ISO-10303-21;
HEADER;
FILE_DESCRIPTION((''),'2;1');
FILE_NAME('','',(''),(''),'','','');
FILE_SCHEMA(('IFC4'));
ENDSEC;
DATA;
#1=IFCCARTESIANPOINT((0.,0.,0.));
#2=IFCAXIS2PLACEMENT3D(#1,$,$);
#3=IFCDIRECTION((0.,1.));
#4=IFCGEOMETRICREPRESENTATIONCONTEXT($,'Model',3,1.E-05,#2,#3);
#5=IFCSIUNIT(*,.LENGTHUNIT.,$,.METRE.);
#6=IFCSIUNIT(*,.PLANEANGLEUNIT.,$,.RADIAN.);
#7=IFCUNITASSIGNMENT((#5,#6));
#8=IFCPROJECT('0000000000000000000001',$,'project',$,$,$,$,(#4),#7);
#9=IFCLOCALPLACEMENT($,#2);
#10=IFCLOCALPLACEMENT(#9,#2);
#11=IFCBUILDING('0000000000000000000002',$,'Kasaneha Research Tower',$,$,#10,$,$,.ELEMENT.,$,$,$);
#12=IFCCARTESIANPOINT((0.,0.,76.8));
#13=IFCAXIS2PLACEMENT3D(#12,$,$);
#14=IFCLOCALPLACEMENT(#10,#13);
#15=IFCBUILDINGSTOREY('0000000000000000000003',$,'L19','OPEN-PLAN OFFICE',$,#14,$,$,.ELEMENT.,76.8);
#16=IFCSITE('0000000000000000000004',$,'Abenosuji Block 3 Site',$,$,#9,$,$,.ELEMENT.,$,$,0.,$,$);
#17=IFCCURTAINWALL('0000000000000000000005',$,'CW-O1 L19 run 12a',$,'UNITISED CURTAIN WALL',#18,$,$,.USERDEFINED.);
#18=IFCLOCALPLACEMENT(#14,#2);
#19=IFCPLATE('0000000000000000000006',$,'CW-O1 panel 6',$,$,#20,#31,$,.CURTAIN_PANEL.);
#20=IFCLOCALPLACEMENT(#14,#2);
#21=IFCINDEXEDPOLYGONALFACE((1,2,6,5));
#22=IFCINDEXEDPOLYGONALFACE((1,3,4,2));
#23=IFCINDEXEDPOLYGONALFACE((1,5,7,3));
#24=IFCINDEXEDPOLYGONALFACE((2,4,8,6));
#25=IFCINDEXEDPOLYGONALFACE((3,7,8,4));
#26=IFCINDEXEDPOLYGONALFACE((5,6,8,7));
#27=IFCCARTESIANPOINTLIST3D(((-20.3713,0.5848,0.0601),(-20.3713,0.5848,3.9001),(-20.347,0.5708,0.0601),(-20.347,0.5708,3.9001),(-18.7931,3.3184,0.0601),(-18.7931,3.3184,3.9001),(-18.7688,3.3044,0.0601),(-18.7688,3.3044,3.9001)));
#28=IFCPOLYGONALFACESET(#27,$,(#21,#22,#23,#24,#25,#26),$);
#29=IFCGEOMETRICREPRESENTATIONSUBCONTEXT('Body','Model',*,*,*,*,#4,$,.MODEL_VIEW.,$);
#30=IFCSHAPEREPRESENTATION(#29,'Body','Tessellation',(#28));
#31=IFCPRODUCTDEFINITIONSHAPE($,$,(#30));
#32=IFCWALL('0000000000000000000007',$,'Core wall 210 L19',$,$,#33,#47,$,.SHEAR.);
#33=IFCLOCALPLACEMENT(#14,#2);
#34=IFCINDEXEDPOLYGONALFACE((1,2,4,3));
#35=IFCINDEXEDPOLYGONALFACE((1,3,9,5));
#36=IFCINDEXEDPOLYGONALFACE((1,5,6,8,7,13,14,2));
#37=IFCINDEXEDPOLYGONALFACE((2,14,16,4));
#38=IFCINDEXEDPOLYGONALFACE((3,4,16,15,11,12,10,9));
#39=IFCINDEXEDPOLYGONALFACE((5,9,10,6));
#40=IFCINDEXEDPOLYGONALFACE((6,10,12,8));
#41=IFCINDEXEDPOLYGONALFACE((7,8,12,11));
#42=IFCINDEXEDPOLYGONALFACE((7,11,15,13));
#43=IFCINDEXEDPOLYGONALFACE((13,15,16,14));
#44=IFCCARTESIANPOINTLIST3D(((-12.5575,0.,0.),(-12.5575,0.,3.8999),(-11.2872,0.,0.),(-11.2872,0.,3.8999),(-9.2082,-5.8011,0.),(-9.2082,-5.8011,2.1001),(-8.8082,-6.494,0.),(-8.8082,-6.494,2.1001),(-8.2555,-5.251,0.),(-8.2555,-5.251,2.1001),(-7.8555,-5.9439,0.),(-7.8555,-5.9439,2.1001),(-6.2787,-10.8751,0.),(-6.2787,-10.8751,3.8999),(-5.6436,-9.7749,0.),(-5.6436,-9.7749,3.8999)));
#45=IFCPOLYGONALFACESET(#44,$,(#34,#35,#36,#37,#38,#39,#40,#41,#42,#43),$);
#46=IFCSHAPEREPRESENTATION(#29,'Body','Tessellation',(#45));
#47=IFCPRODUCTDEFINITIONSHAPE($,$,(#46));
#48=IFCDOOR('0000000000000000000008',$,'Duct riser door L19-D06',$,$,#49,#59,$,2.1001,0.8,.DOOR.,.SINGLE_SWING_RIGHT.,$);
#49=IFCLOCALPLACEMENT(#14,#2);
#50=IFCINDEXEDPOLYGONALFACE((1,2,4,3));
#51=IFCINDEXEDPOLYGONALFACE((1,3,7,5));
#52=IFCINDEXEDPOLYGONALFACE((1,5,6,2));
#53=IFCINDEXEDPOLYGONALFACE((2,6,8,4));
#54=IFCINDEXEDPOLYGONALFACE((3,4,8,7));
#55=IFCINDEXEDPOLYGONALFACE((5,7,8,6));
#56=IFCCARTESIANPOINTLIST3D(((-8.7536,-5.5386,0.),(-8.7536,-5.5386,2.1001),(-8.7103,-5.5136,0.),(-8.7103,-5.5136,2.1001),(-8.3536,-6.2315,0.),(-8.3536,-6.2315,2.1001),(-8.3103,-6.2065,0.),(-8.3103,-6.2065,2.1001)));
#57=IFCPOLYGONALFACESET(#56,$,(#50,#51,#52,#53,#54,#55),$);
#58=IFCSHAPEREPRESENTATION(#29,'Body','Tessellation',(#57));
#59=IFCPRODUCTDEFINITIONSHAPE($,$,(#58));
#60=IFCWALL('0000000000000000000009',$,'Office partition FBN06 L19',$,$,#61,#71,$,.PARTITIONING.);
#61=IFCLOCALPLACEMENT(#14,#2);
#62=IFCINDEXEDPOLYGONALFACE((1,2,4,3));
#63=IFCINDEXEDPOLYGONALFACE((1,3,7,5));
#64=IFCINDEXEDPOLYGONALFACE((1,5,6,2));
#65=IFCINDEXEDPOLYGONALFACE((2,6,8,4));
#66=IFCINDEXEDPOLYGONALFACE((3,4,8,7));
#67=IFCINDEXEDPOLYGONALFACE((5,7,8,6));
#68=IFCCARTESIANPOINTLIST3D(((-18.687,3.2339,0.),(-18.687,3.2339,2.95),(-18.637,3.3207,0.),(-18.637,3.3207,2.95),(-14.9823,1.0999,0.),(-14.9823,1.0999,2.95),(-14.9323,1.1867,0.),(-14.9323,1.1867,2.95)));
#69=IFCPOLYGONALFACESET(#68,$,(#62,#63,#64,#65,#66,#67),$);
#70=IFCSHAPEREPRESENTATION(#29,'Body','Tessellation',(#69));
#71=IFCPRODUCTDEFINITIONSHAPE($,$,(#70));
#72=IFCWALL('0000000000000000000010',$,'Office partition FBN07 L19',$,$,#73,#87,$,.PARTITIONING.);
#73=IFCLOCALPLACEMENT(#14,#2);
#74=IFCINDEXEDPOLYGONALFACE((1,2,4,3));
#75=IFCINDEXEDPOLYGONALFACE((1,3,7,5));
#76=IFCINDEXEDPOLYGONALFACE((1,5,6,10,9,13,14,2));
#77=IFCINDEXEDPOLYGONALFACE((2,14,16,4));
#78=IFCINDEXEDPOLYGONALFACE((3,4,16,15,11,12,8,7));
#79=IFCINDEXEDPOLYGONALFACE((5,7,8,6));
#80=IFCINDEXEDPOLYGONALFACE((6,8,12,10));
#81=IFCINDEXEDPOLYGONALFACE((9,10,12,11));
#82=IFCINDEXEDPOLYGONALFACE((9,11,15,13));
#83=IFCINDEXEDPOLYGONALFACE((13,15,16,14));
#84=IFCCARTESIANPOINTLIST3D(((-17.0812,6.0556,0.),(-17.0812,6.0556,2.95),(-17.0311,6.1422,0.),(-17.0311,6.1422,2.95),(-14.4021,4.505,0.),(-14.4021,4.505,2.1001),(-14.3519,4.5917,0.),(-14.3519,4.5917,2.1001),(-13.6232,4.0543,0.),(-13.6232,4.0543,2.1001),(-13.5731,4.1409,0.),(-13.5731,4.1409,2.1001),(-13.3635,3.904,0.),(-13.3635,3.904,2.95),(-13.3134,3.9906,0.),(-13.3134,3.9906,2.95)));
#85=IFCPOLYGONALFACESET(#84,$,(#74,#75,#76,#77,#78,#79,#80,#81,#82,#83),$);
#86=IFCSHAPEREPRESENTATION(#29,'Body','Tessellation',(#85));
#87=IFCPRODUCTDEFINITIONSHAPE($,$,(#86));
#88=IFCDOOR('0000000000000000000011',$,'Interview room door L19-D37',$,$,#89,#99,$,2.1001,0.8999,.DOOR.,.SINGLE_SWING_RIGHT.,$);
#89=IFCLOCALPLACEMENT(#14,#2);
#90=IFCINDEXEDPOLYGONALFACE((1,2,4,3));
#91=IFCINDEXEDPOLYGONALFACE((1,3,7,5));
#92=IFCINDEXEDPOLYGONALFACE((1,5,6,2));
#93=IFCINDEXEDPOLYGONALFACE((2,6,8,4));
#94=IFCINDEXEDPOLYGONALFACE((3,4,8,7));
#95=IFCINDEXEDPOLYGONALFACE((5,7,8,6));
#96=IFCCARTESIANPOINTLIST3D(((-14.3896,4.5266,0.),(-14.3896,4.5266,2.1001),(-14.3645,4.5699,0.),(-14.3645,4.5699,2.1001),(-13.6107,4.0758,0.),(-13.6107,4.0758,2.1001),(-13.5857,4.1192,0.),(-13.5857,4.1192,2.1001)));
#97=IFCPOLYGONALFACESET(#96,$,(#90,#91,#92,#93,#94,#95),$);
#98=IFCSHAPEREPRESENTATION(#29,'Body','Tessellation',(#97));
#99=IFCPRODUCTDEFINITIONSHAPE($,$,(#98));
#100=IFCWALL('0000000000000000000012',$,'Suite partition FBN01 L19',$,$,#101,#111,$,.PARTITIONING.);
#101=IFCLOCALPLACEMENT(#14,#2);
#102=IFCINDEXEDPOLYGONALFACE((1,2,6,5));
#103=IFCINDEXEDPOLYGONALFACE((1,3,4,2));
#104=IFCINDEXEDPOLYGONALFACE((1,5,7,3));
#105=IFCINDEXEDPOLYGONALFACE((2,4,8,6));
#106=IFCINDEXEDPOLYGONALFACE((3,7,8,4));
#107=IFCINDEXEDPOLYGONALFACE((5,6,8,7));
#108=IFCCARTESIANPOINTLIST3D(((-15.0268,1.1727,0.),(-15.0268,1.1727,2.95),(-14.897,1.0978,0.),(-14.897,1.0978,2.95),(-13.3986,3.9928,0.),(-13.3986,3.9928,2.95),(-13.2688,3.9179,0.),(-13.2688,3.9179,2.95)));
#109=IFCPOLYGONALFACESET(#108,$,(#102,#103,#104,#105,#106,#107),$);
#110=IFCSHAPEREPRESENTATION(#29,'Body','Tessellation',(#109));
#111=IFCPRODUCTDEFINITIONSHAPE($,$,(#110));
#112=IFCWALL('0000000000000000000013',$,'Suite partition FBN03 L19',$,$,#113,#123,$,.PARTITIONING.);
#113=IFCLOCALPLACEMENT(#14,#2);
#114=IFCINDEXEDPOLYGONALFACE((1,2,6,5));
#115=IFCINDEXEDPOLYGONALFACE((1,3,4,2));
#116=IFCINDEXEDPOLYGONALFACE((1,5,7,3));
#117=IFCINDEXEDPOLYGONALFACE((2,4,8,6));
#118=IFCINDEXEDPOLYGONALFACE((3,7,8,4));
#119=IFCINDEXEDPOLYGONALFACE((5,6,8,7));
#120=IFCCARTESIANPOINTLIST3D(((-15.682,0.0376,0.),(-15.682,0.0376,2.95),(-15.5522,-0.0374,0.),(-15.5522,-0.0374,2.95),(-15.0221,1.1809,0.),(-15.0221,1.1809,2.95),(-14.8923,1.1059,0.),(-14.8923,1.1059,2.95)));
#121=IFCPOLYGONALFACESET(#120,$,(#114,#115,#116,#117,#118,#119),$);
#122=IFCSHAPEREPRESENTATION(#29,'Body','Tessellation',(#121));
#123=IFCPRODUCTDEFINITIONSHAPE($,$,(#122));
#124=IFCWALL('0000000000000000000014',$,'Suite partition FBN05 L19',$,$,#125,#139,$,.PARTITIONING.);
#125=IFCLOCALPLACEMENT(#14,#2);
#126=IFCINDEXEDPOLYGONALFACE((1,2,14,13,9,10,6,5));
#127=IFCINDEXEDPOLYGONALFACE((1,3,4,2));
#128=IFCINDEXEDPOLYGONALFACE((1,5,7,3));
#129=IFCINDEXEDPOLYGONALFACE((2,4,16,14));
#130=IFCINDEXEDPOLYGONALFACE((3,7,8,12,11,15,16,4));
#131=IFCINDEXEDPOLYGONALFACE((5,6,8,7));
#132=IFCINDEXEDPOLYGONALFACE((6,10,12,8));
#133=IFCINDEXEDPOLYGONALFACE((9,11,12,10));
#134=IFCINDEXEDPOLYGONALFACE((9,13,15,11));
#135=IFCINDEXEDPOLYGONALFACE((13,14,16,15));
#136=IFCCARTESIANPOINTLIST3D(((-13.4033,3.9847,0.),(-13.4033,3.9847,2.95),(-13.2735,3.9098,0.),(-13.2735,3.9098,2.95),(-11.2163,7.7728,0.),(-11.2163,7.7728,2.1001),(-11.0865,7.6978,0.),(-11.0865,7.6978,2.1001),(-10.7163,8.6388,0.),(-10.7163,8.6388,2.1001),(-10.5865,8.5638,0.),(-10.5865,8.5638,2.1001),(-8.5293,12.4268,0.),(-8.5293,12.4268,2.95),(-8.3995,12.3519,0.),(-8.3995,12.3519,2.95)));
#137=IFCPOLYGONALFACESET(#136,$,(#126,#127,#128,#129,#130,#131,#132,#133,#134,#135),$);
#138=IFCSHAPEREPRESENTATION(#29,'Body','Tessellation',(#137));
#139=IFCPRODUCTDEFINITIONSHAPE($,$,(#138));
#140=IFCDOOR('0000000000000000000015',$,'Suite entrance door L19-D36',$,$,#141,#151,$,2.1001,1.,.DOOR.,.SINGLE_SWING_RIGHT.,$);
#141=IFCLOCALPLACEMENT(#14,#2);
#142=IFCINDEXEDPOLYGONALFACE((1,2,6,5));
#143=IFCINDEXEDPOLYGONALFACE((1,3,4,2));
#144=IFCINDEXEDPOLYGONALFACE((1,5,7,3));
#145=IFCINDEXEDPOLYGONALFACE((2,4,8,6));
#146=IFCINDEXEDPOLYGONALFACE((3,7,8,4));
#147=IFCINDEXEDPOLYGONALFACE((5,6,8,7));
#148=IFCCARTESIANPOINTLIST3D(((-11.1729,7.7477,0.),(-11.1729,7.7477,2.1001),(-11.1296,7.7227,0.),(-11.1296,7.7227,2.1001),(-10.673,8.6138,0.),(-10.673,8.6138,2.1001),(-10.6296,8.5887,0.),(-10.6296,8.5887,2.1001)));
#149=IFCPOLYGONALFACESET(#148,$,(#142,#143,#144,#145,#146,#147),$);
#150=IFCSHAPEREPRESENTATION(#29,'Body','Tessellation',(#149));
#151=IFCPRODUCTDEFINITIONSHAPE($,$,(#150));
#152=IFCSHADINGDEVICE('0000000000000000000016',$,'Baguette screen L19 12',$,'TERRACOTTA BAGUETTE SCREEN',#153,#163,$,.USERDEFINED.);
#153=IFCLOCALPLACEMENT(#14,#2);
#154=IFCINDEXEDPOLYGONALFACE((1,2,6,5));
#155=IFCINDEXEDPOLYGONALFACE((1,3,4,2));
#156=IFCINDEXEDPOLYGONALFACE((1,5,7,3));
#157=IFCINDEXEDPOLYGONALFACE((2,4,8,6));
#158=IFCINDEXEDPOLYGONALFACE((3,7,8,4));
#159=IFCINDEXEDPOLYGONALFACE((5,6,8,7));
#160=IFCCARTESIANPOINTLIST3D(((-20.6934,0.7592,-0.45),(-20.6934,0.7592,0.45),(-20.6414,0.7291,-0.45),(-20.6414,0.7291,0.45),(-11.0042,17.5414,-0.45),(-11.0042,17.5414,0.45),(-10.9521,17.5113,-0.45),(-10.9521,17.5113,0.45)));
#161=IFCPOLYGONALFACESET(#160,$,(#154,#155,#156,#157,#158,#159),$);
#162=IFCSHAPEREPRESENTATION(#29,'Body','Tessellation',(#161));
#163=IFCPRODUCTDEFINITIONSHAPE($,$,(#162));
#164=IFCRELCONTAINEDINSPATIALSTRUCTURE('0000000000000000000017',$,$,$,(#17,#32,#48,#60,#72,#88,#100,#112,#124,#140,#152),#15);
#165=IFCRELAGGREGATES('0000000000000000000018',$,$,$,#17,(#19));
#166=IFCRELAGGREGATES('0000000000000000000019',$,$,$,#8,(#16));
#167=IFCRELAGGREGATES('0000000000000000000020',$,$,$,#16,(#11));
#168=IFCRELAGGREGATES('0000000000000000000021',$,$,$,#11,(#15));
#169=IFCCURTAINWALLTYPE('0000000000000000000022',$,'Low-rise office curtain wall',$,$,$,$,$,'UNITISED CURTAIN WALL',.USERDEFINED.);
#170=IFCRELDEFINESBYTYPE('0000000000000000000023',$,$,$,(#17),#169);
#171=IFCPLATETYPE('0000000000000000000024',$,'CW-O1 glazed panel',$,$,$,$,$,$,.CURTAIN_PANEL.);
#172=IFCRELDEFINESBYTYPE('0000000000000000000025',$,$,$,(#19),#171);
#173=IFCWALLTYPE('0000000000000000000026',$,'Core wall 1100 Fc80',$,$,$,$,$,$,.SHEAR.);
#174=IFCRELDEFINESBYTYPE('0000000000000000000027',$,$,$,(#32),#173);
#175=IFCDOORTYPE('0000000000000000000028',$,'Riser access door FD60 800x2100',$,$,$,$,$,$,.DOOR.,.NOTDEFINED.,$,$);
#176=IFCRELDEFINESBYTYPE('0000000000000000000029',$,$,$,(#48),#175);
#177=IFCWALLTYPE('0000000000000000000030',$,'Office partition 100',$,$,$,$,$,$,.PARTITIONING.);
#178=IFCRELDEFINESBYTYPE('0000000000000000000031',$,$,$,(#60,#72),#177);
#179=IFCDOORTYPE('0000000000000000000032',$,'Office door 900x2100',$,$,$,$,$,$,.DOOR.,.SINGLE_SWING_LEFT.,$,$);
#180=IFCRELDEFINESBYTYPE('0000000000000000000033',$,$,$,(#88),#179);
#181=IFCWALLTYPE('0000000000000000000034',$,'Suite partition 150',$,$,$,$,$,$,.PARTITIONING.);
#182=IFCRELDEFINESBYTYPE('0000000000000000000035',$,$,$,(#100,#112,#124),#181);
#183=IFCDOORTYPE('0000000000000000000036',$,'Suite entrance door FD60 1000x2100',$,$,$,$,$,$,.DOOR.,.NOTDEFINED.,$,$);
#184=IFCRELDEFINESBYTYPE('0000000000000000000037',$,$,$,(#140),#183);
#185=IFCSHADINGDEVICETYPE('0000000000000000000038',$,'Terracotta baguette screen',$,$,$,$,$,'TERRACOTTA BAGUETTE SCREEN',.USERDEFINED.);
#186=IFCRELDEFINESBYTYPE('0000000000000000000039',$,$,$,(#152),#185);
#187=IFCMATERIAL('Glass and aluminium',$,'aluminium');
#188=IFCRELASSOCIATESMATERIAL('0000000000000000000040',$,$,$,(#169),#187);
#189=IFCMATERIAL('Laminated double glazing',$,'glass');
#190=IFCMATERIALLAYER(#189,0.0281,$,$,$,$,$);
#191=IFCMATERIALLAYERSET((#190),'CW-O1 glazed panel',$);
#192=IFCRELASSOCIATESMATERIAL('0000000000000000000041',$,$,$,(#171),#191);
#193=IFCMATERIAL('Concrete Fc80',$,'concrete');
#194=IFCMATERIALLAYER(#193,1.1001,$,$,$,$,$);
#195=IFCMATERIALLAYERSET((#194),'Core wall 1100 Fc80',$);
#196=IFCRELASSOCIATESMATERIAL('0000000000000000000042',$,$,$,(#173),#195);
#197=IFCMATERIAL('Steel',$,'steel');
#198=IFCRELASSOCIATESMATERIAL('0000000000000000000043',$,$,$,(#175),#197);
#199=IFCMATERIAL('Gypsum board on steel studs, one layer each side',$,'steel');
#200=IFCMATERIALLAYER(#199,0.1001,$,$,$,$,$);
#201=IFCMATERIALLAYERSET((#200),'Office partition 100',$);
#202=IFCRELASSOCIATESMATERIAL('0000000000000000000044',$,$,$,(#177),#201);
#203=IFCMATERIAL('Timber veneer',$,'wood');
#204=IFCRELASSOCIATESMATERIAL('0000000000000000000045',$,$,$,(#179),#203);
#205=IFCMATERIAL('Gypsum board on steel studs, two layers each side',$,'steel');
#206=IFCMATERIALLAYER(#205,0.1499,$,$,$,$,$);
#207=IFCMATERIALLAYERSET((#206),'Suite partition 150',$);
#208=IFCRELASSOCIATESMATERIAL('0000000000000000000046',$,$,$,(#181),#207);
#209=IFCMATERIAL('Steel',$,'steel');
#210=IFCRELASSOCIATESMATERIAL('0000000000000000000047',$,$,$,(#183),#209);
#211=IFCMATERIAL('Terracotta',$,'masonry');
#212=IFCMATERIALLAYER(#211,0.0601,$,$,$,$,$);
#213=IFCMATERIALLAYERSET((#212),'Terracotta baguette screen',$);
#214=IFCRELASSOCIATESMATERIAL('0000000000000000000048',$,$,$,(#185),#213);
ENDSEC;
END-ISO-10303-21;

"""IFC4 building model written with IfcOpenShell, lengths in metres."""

from ifc_helpers import new_model, si_unit, direction, frame, frame_2d, origin, origin_2d, place, context, subcontext, project, spatial, polyline, rectangle, outline, extrude, material, layer, layer_set, type_object, element, fill, aggregate, save


model = new_model("IFC4")

# Units and contexts
model_context = context("Model", 3, precision=1e-05, world=origin(), true_north=direction((0.0, 1.0)))
body_context = subcontext(model_context, "Body", "Model", "MODEL_VIEW")
ifc_project = project(units=[si_unit("LENGTHUNIT", "METRE"), si_unit("PLANEANGLEUNIT", "RADIAN")], contexts=[model_context])

# Site, building, storey
site_placement = place(None, origin())
site = spatial("IfcSite", under=ifc_project, at=site_placement, Name="Abenosuji Block 3 Site", CompositionType="ELEMENT", RefElevation=0.0)
building_placement = place(site_placement, origin())
building = spatial("IfcBuilding", under=site, at=building_placement, Name="Kasaneha Research Tower", CompositionType="ELEMENT")
storey_placement = place(building_placement, frame((0.0, 0.0, 76.8)))
storey = spatial("IfcBuildingStorey", under=building, at=storey_placement, Name="L19", Description="OPEN-PLAN OFFICE", CompositionType="ELEMENT", Elevation=76.8)

# Curtain wall
ifc_material_1 = material(Name="Glass and aluminium", Category="aluminium")
curtain_wall_type = type_object("IfcCurtainWallType", Name="Low-rise office curtain wall", ElementType="UNITISED CURTAIN WALL", PredefinedType="USERDEFINED", material=ifc_material_1)
curtain_wall_1_placement = place(storey_placement, origin())
curtain_wall_1 = element("IfcCurtainWall", 1, at=curtain_wall_1_placement, inside=storey, type_object=curtain_wall_type, Name="CW-O1 L19 run 12a", ObjectType="UNITISED CURTAIN WALL", PredefinedType="USERDEFINED")

# Plate
ifc_material_2 = material(Name="Laminated double glazing", Category="glass")
ifc_layer_1 = layer(ifc_material_2, 0.0281)
ifc_layer_set_1 = layer_set([ifc_layer_1], Name="CW-O1 glazed panel")
plate_type = type_object("IfcPlateType", Name="CW-O1 glazed panel", PredefinedType="CURTAIN_PANEL", material=ifc_layer_set_1)
plate_1_placement = place(storey_placement, frame((-19.5701, 1.9446, 0.0601), z_axis=(0.0, 0.0, 1.0), x_axis=(-0.5, -0.866025, 0.0)))
plate_1 = element("IfcPlate", 2, at=plate_1_placement, type_object=plate_type, Name="CW-O1 panel 6", PredefinedType="CURTAIN_PANEL", context=body_context, shape_type="SweptSolid", body=[
    extrude(rectangle(XDim=3.1565, YDim=0.0281, at=origin_2d()), origin(), (0.0, 0.0, 1.0), 3.8401),
])
aggregate(curtain_wall_1, [plate_1])

# Wall, opening, door
ifc_material_3 = material(Name="Concrete Fc80", Category="concrete")
ifc_layer_2 = layer(ifc_material_3, 1.1001)
ifc_layer_set_2 = layer_set([ifc_layer_2], Name="Core wall 1100 Fc80")
wall_type_1 = type_object("IfcWallType", Name="Core wall 1100 Fc80", PredefinedType="SHEAR", material=ifc_layer_set_2)
wall_1_placement = place(storey_placement, frame((-11.9224, 0.0, 0.0), z_axis=(0.0, 0.0, 1.0), x_axis=(0.500004, -0.866023, 0.0)))
wall_1 = element("IfcWall", 3, at=wall_1_placement, inside=storey, type_object=wall_type_1, Name="Core wall 210 L19", PredefinedType="SHEAR", context=body_context, shape_type="SweptSolid", body=[
    extrude(outline(polyline([(-0.3176, -0.55), (6.3811, -0.55), (7.1812, -0.55), (12.24, -0.55), (11.6047, 0.55), (7.1812, 0.55), (6.3811, 0.55), (0.3176, 0.55), (-0.3176, -0.55)])), origin(), (0.0, 0.0, 1.0), 3.8999),
])
opening_1_placement = place(wall_1_placement, frame((6.3811, 0.0, 0.0)))
opening_1 = element("IfcOpeningElement", 4, at=opening_1_placement, cuts=wall_1, PredefinedType="OPENING", context=body_context, shape_type="SweptSolid", body=[
    extrude(rectangle(XDim=0.8, YDim=2.1001, at=frame_2d((0.3999, 1.05))), frame((0.0, 0.5601, 0.0), z_axis=(0.0, -1.0, 0.0), x_axis=(1.0, 0.0, 0.0)), (0.0, 0.0, 1.0), 1.1201),
])
ifc_material_4 = material(Name="Steel", Category="steel")
door_type_1 = type_object("IfcDoorType", Name="Riser access door FD60 800x2100", OperationType="NOTDEFINED", PredefinedType="DOOR", material=ifc_material_4)
door_1_placement = place(opening_1_placement, origin())
door_1 = element("IfcDoor", 5, at=door_1_placement, inside=storey, type_object=door_type_1, Name="Duct riser door L19-D06", OperationType="SINGLE_SWING_RIGHT", OverallHeight=2.1001, OverallWidth=0.8, PredefinedType="DOOR", context=body_context, shape_type="SweptSolid", body=[
    extrude(rectangle(XDim=0.8, YDim=2.1001, at=frame_2d((0.3999, 1.05))), frame((0.0, 0.0249, 0.0), z_axis=(0.0, -1.0, 0.0), x_axis=(1.0, 0.0, 0.0)), (0.0, 0.0, 1.0), 0.05),
])
fill(opening_1, door_1)

# Wall
ifc_material_5 = material(Name="Gypsum board on steel studs, one layer each side", Category="steel")
ifc_layer_3 = layer(ifc_material_5, 0.1001)
ifc_layer_set_3 = layer_set([ifc_layer_3], Name="Office partition 100")
wall_type_2 = type_object("IfcWallType", Name="Office partition 100", PredefinedType="PARTITIONING", material=ifc_layer_set_3)
wall_2_placement = place(storey_placement, frame((-14.9573, 1.1433, 0.0), z_axis=(0.0, 0.0, 1.0), x_axis=(-0.866527, 0.499131, 0.0)))
element("IfcWall", 6, at=wall_2_placement, inside=storey, type_object=wall_type_2, Name="Office partition FBN06 L19", PredefinedType="PARTITIONING", context=body_context, shape_type="SweptSolid", body=[
    extrude(rectangle(XDim=4.2754, YDim=0.1001, at=frame_2d((2.1377, 0.0))), origin(), (0.0, 0.0, 1.0), 2.95),
])

# Wall, opening, door
wall_3_placement = place(storey_placement, frame((-17.0562, 6.0989, 0.0), z_axis=(0.0, 0.0, 1.0), x_axis=(0.865505, -0.5009, 0.0)))
wall_3 = element("IfcWall", 7, at=wall_3_placement, inside=storey, type_object=wall_type_2, Name="Office partition FBN07 L19", PredefinedType="PARTITIONING", context=body_context, shape_type="SweptSolid", body=[
    extrude(rectangle(XDim=4.2954, YDim=0.1001, at=frame_2d((2.1477, 0.0))), origin(), (0.0, 0.0, 1.0), 2.95),
])
opening_2_placement = place(wall_3_placement, frame((3.0955, 0.0, 0.0)))
opening_2 = element("IfcOpeningElement", 8, at=opening_2_placement, cuts=wall_3, PredefinedType="OPENING", context=body_context, shape_type="SweptSolid", body=[
    extrude(rectangle(XDim=0.8999, YDim=2.1001, at=frame_2d((0.45, 1.05))), frame((0.0, 0.0601, 0.0), z_axis=(0.0, -1.0, 0.0), x_axis=(1.0, 0.0, 0.0)), (0.0, 0.0, 1.0), 0.1201),
])
ifc_material_6 = material(Name="Timber veneer", Category="wood")
door_type_2 = type_object("IfcDoorType", Name="Office door 900x2100", OperationType="SINGLE_SWING_LEFT", PredefinedType="DOOR", material=ifc_material_6)
door_2_placement = place(opening_2_placement, origin())
door_2 = element("IfcDoor", 9, at=door_2_placement, inside=storey, type_object=door_type_2, Name="Interview room door L19-D37", OperationType="SINGLE_SWING_RIGHT", OverallHeight=2.1001, OverallWidth=0.8999, PredefinedType="DOOR", context=body_context, shape_type="SweptSolid", body=[
    extrude(rectangle(XDim=0.8999, YDim=2.1001, at=frame_2d((0.45, 1.05))), frame((0.0, 0.0249, 0.0), z_axis=(0.0, -1.0, 0.0), x_axis=(1.0, 0.0, 0.0)), (0.0, 0.0, 1.0), 0.05),
])
fill(opening_2, door_2)

# Walls
ifc_material_7 = material(Name="Gypsum board on steel studs, two layers each side", Category="steel")
ifc_layer_4 = layer(ifc_material_7, 0.1499)
ifc_layer_set_4 = layer_set([ifc_layer_4], Name="Suite partition 150")
wall_type_3 = type_object("IfcWallType", Name="Suite partition 150", PredefinedType="PARTITIONING", material=ifc_layer_set_4)
wall_4_placement = place(storey_placement, frame((-14.9619, 1.1353, 0.0), z_axis=(0.0, 0.0, 1.0), x_axis=(0.500002, 0.866025, 0.0)))
element("IfcWall", 10, at=wall_4_placement, inside=storey, type_object=wall_type_3, Name="Suite partition FBN01 L19", PredefinedType="PARTITIONING", context=body_context, shape_type="SweptSolid", body=[
    extrude(rectangle(XDim=3.2563, YDim=0.1499, at=frame_2d((1.6282, 0.0))), origin(), (0.0, 0.0, 1.0), 2.95),
])
wall_5_placement = place(storey_placement, frame((-15.6172, 0.0, 0.0), z_axis=(0.0, 0.0, 1.0), x_axis=(0.499899, 0.866084, 0.0)))
element("IfcWall", 11, at=wall_5_placement, inside=storey, type_object=wall_type_3, Name="Suite partition FBN03 L19", PredefinedType="PARTITIONING", context=body_context, shape_type="SweptSolid", body=[
    extrude(rectangle(XDim=1.3201, YDim=0.1499, at=frame_2d((0.6602, 0.0))), origin(), (0.0, 0.0, 1.0), 2.95),
])

# Wall, opening, door
wall_6_placement = place(storey_placement, frame((-13.3384, 3.9473, 0.0), z_axis=(0.0, 0.0, 1.0), x_axis=(0.499996, 0.866028, 0.0)))
wall_6 = element("IfcWall", 12, at=wall_6_placement, inside=storey, type_object=wall_type_3, Name="Suite partition FBN05 L19", PredefinedType="PARTITIONING", context=body_context, shape_type="SweptSolid", body=[
    extrude(rectangle(XDim=9.748, YDim=0.1499, at=frame_2d((4.874, 0.0))), origin(), (0.0, 0.0, 1.0), 2.95),
])
opening_3_placement = place(wall_6_placement, frame((4.374, 0.0, 0.0)))
opening_3 = element("IfcOpeningElement", 13, at=opening_3_placement, cuts=wall_6, PredefinedType="OPENING", context=body_context, shape_type="SweptSolid", body=[
    extrude(rectangle(XDim=1.0, YDim=2.1001, at=frame_2d((0.5, 1.05))), frame((0.0, 0.085, 0.0), z_axis=(0.0, -1.0, 0.0), x_axis=(1.0, 0.0, 0.0)), (0.0, 0.0, 1.0), 0.1699),
])
ifc_material_8 = material(Name="Steel", Category="steel")
door_type_3 = type_object("IfcDoorType", Name="Suite entrance door FD60 1000x2100", OperationType="NOTDEFINED", PredefinedType="DOOR", material=ifc_material_8)
door_3_placement = place(opening_3_placement, origin())
door_3 = element("IfcDoor", 14, at=door_3_placement, inside=storey, type_object=door_type_3, Name="Suite entrance door L19-D36", OperationType="SINGLE_SWING_RIGHT", OverallHeight=2.1001, OverallWidth=1.0, PredefinedType="DOOR", context=body_context, shape_type="SweptSolid", body=[
    extrude(rectangle(XDim=1.0, YDim=2.1001, at=frame_2d((0.5, 1.05))), frame((0.0, 0.0249, 0.0), z_axis=(0.0, -1.0, 0.0), x_axis=(1.0, 0.0, 0.0)), (0.0, 0.0, 1.0), 0.05),
])
fill(opening_3, door_3)

# Shading device
ifc_material_9 = material(Name="Terracotta", Category="masonry")
ifc_layer_5 = layer(ifc_material_9, 0.0601)
ifc_layer_set_5 = layer_set([ifc_layer_5], Name="Terracotta baguette screen")
shading_device_type = type_object("IfcShadingDeviceType", Name="Terracotta baguette screen", ElementType="TERRACOTTA BAGUETTE SCREEN", PredefinedType="USERDEFINED", material=ifc_layer_set_5)
shading_device_placement = place(storey_placement, frame((-15.8228, 9.1353, -0.45), z_axis=(0.0, 0.0, 1.0), x_axis=(-0.5, -0.866025, 0.0)))
element("IfcShadingDevice", 15, at=shading_device_placement, inside=storey, type_object=shading_device_type, Name="Baguette screen L19 12", ObjectType="TERRACOTTA BAGUETTE SCREEN", PredefinedType="USERDEFINED", context=body_context, shape_type="SweptSolid", body=[
    extrude(rectangle(XDim=19.3784, YDim=0.0601, at=origin_2d()), origin(), (0.0, 0.0, 1.0), 0.8999),
])

save(model, "model.ifc")
